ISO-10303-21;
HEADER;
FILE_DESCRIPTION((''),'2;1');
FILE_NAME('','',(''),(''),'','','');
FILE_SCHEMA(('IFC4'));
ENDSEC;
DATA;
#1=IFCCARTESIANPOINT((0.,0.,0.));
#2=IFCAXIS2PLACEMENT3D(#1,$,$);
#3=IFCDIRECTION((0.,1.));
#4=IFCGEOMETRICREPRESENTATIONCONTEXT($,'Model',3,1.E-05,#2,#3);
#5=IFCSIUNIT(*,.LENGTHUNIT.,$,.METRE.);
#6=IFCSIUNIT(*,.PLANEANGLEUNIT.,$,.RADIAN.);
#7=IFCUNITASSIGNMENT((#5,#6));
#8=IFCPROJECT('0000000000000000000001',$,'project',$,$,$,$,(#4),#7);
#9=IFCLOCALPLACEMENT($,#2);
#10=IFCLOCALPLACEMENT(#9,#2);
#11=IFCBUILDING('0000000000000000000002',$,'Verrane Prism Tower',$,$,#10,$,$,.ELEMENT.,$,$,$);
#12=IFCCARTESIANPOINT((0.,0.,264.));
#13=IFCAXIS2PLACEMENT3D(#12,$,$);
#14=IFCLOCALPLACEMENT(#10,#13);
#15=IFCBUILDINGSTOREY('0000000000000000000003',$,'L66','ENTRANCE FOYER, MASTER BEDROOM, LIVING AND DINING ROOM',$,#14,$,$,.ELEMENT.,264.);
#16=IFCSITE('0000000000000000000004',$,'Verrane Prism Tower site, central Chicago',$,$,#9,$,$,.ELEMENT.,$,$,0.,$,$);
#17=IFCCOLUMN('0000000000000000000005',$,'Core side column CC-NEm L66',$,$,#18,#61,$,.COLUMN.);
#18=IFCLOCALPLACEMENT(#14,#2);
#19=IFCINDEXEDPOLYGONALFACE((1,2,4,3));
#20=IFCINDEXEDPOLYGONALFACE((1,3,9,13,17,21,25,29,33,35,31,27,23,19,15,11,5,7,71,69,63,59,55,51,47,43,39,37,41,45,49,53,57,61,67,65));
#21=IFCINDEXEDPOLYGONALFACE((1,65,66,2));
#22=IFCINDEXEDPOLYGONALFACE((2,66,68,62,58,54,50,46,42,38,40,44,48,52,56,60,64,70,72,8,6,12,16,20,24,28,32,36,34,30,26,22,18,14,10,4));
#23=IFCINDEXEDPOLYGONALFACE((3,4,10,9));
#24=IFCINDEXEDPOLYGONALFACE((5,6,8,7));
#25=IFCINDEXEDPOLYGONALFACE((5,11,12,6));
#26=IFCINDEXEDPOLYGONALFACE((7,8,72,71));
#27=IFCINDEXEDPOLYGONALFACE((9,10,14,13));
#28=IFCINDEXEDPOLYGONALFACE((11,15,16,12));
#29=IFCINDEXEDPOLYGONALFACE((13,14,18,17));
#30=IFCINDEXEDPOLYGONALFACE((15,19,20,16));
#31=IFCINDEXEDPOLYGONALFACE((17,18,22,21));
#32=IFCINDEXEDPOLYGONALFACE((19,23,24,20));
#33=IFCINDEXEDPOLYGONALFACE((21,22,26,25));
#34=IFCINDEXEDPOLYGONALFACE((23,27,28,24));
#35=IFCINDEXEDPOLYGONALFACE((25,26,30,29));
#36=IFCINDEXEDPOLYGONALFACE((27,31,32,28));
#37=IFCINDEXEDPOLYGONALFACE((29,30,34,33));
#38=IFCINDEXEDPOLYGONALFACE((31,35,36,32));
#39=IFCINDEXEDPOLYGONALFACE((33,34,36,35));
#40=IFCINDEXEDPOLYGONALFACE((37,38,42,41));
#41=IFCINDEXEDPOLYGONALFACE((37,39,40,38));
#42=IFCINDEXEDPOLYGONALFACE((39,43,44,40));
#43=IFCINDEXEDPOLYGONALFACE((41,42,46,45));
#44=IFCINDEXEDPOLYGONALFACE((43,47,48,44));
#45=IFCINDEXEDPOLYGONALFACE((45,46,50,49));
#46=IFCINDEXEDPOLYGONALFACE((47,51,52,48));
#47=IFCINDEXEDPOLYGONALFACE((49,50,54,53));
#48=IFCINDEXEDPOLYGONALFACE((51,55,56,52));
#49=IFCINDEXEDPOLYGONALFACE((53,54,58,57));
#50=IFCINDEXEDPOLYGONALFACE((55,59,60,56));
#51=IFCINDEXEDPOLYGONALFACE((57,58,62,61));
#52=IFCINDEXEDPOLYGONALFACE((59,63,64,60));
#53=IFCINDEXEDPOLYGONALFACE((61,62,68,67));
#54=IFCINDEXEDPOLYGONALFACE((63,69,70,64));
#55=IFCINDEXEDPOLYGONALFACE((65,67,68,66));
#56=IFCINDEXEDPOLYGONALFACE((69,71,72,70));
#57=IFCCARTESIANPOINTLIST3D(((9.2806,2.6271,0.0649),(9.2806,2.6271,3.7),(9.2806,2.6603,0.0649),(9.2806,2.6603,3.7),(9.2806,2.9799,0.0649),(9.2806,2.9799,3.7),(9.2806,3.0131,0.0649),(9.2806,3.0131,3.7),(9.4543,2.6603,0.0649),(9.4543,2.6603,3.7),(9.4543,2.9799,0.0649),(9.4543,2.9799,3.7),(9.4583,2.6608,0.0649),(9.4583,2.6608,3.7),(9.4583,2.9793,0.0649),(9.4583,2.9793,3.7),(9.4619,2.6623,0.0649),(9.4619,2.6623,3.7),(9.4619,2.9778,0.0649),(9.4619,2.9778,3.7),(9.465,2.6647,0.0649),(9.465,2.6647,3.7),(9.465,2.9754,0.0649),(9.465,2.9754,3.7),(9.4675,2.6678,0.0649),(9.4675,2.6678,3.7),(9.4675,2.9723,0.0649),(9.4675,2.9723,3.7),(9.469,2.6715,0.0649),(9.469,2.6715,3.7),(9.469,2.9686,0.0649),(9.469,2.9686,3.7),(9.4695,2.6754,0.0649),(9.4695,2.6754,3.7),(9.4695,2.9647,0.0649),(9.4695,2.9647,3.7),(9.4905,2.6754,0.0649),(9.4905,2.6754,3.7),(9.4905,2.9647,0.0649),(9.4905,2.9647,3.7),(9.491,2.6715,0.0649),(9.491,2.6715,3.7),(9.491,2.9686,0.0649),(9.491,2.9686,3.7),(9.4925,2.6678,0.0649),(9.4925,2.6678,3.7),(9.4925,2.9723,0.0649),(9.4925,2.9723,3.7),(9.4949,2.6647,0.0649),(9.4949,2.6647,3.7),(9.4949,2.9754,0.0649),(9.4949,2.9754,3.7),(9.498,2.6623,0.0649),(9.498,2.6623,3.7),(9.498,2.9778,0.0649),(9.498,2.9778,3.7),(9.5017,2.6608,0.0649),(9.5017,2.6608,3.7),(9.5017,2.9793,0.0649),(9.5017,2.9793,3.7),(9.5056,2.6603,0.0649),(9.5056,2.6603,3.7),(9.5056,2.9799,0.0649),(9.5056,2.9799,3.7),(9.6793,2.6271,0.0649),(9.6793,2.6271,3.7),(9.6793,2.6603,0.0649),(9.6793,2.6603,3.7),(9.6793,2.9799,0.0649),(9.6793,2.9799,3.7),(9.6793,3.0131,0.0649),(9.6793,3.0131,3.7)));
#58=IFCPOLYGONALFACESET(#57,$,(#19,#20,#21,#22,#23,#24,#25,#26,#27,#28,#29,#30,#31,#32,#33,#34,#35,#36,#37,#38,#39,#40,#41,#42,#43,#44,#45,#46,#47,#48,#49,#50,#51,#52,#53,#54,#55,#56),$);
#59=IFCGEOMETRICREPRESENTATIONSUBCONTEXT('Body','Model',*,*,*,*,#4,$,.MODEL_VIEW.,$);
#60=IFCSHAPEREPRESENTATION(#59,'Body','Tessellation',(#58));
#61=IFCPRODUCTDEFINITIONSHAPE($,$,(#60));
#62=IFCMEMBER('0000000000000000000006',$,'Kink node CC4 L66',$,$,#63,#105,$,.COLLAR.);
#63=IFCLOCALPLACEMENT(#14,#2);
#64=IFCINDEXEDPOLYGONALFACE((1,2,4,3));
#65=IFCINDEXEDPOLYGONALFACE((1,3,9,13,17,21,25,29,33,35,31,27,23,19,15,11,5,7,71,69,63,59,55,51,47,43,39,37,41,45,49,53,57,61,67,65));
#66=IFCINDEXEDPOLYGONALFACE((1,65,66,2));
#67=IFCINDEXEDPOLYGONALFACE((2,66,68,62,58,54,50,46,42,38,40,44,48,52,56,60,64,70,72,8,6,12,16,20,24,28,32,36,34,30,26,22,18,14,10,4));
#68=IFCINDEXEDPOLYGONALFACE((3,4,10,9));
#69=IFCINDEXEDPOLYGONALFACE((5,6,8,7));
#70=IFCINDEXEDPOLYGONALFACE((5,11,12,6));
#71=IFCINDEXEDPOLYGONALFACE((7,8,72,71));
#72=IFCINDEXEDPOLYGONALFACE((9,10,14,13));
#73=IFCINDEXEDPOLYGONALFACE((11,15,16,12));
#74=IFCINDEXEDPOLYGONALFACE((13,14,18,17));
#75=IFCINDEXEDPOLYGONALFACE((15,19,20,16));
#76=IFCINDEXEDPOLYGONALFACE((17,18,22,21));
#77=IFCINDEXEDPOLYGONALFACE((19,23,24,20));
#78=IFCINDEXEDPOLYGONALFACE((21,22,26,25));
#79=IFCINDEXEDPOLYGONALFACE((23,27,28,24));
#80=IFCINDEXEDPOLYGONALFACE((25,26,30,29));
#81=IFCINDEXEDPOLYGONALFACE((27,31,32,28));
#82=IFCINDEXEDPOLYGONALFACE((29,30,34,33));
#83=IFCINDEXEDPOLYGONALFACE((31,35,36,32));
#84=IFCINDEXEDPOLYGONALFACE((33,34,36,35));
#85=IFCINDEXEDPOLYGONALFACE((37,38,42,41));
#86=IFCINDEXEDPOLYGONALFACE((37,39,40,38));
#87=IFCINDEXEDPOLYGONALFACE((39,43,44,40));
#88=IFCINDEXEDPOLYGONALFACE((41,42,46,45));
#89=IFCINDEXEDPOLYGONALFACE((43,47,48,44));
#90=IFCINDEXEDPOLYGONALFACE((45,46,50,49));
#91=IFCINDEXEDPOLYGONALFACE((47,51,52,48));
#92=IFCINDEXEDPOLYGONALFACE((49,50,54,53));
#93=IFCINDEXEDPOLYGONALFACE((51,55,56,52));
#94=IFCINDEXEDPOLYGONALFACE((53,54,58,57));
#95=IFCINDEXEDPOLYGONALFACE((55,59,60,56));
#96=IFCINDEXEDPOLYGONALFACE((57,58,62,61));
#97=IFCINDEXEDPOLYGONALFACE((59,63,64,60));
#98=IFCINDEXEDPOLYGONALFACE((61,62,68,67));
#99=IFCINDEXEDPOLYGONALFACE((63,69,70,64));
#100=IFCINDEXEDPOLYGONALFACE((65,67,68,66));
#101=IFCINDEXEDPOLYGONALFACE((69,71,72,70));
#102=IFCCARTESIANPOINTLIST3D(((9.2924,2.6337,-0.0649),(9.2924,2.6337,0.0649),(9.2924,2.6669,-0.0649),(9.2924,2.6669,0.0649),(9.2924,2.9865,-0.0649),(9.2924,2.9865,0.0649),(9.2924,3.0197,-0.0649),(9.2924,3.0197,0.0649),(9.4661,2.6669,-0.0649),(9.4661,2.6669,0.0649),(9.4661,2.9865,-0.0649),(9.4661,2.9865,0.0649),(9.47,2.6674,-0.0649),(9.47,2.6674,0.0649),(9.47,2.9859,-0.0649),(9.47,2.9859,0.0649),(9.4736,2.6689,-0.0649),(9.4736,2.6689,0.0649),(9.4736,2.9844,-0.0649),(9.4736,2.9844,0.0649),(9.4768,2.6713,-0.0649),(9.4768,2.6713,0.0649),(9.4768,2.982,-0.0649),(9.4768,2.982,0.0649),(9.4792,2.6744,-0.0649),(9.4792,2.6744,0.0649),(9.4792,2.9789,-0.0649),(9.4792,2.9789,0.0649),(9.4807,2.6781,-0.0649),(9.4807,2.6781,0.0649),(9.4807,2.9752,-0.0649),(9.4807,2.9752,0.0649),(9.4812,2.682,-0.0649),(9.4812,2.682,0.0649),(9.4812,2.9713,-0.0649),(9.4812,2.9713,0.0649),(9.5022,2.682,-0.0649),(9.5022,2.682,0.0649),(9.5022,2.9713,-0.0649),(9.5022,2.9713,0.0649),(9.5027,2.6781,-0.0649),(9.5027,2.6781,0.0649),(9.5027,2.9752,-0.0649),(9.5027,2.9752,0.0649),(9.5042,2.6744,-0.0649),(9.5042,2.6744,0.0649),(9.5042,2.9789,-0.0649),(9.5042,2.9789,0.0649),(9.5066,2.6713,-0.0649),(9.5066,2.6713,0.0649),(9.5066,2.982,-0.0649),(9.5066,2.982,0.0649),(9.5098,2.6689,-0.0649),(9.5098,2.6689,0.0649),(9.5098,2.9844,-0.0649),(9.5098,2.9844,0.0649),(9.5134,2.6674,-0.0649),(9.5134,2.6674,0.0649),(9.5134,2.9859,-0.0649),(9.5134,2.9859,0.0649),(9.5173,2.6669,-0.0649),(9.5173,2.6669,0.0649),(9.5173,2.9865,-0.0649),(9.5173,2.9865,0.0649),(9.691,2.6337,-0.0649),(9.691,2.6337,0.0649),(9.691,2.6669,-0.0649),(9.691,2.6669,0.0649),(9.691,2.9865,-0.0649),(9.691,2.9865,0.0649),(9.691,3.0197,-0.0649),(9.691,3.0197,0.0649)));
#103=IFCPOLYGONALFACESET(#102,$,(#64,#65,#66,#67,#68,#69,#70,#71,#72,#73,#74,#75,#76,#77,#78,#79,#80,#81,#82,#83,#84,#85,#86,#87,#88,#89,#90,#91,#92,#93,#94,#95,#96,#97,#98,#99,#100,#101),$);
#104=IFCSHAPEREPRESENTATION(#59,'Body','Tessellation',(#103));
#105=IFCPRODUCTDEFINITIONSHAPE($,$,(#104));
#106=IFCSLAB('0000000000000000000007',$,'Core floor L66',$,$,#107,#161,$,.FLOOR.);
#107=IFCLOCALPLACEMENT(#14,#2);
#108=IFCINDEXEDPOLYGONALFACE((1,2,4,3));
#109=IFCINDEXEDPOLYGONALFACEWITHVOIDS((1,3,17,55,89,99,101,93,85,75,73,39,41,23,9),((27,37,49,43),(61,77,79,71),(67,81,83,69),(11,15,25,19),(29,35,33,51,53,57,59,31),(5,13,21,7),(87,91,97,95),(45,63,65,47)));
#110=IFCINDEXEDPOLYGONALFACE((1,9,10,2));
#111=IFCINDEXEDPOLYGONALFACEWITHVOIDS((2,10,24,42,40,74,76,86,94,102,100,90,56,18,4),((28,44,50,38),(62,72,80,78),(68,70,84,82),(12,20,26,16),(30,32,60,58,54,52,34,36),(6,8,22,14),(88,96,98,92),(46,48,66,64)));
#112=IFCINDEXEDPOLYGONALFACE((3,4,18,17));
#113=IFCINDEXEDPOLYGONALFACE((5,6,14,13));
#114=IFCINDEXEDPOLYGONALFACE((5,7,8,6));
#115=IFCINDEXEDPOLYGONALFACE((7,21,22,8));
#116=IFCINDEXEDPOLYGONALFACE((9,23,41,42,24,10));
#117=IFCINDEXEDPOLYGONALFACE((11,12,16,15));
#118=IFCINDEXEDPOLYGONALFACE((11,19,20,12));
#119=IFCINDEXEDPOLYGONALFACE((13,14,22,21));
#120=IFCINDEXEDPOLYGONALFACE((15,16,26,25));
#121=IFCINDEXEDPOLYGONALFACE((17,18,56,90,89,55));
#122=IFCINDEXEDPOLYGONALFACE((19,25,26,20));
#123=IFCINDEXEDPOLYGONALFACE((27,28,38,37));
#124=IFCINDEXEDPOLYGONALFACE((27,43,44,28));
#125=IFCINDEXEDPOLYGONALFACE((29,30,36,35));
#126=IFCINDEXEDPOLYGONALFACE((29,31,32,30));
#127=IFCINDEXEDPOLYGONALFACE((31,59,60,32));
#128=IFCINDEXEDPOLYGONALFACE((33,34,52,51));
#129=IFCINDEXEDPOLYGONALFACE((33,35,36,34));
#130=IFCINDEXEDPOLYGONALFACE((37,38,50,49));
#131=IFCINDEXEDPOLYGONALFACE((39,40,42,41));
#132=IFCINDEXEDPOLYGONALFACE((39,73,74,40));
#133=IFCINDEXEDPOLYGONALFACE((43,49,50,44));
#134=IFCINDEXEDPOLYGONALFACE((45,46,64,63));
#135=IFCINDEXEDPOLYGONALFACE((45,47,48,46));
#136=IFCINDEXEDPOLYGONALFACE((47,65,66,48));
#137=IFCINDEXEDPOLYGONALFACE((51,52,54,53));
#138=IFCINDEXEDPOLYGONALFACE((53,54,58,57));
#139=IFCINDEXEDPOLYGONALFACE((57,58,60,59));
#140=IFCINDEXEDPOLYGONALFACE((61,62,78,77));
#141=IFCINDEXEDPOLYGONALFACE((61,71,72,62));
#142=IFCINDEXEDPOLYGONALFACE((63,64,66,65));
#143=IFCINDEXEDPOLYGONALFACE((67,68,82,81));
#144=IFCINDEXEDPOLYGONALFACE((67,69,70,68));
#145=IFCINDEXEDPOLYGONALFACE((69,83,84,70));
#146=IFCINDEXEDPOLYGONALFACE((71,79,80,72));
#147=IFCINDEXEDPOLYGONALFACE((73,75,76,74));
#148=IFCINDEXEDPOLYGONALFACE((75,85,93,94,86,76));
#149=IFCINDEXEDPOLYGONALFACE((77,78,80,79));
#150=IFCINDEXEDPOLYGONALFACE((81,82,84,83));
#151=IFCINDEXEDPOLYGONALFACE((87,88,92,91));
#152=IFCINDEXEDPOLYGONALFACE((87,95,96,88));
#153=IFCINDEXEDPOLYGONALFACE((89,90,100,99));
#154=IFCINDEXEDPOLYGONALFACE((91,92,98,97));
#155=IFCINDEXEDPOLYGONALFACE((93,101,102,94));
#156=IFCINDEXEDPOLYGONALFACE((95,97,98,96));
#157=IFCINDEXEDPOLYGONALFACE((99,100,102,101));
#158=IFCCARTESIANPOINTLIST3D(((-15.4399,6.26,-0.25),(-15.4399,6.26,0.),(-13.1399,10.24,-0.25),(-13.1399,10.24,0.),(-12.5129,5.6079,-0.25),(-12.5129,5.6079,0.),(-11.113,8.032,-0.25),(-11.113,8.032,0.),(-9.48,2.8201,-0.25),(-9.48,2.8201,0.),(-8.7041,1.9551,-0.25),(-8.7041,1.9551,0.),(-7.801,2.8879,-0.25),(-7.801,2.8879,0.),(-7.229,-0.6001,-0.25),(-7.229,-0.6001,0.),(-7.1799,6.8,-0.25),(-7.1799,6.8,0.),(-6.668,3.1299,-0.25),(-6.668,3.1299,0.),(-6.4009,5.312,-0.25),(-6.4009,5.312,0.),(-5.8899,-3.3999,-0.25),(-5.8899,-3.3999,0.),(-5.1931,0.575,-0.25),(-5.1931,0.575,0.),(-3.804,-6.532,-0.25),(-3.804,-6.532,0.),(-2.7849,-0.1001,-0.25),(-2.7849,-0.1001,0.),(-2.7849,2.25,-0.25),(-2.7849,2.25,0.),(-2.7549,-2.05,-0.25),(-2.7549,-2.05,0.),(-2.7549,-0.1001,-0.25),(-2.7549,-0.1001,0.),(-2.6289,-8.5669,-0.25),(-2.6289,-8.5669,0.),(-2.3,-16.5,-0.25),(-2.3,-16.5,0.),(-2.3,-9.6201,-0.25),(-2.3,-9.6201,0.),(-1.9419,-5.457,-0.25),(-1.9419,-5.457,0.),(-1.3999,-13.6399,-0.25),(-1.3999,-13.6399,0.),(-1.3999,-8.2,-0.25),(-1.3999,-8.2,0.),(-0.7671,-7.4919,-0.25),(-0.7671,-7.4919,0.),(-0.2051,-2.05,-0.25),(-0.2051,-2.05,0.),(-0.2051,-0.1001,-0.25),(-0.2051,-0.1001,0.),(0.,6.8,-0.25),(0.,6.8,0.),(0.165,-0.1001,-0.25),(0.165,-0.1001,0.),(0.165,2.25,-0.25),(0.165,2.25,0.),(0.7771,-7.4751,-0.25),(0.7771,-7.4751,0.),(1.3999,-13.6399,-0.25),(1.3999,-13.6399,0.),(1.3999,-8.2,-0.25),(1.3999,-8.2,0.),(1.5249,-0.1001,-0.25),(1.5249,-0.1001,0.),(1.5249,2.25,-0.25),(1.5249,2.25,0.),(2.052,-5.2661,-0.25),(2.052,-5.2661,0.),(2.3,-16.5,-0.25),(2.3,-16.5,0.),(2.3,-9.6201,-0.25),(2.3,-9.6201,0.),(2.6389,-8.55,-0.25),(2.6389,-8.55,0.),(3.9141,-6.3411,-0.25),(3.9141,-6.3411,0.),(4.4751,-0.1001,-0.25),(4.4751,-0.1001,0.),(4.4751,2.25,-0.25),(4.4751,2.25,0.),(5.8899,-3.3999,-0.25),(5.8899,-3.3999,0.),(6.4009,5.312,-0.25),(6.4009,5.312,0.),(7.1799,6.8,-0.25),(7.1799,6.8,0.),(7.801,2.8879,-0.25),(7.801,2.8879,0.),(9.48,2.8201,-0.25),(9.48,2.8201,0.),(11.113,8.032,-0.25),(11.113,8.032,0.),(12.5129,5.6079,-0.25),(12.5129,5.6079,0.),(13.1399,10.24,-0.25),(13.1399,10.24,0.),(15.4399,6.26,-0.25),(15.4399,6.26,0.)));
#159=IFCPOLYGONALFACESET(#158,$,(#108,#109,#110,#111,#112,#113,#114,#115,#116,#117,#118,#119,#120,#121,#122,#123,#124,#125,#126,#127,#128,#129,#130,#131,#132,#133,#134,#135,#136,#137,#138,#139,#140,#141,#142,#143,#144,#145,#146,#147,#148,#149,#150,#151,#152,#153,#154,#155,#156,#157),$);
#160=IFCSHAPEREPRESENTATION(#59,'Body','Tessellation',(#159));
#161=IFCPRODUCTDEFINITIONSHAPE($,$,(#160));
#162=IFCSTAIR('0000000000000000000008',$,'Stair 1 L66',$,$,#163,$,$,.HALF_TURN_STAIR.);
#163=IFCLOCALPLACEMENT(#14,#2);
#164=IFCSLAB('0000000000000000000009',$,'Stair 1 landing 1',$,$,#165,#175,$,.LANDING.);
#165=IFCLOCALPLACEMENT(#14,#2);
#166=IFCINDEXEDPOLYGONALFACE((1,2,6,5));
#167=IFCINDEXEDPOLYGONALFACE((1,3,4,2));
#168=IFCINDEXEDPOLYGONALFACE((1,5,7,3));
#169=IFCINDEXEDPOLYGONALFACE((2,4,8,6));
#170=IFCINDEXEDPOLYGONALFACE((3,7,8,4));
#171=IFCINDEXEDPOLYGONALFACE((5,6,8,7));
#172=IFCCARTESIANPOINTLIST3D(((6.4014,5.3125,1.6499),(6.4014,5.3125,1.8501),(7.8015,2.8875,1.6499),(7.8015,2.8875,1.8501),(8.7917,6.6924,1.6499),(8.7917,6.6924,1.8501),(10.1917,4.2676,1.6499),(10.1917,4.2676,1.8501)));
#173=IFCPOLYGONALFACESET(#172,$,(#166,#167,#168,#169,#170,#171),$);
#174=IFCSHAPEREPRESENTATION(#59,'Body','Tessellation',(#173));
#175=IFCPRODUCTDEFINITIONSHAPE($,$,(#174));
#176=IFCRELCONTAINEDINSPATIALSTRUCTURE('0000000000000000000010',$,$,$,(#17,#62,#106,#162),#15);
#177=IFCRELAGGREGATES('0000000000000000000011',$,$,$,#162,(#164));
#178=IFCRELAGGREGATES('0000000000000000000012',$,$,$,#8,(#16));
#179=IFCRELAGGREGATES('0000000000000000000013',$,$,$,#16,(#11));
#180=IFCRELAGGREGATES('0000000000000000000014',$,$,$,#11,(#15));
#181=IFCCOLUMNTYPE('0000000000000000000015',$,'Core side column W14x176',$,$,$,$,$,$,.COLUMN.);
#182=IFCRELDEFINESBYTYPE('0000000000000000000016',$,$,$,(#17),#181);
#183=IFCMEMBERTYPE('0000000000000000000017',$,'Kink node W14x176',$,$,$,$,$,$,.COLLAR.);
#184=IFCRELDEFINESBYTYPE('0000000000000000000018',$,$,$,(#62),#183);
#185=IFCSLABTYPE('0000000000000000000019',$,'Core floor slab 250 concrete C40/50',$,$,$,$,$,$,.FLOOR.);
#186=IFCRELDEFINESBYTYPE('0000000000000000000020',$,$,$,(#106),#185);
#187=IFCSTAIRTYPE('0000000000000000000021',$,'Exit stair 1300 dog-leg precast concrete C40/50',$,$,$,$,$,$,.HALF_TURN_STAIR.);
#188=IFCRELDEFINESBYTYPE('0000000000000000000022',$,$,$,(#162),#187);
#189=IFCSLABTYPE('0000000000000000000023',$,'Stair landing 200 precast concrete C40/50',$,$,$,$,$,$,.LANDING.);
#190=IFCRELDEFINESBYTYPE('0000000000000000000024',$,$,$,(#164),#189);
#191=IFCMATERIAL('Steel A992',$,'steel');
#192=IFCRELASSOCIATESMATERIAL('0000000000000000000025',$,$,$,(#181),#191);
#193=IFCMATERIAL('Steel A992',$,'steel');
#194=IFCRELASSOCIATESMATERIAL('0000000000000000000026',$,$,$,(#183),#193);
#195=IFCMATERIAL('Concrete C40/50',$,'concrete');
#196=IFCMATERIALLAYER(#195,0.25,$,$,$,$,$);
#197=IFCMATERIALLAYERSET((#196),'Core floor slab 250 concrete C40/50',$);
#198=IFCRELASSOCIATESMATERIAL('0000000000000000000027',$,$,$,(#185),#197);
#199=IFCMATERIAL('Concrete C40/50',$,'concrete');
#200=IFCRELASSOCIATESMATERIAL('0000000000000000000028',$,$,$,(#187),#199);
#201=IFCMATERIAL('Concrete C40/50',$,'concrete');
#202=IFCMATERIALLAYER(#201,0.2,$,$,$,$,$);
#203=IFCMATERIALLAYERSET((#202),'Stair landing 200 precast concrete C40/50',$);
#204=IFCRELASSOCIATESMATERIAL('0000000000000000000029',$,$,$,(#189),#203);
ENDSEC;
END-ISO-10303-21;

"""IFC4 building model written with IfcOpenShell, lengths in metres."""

from ifc_helpers import new_model, si_unit, direction, frame, origin, origin_2d, place, context, subcontext, project, spatial, polyline, i_section, outline, extrude, material, layer, layer_set, material_profile, profile_set, type_object, element, aggregate, save


model = new_model("IFC4")

# Units and contexts
model_context = context("Model", 3, precision=1e-05, world=origin(), true_north=direction((0.0, 1.0)))
body_context = subcontext(model_context, "Body", "Model", "MODEL_VIEW")
ifc_project = project(units=[si_unit("LENGTHUNIT", "METRE"), si_unit("PLANEANGLEUNIT", "RADIAN")], contexts=[model_context])

# Site, building, storey
site_placement = place(None, origin())
site = spatial("IfcSite", under=ifc_project, at=site_placement, Name="Verrane Prism Tower site, central Chicago", CompositionType="ELEMENT", RefElevation=0.0)
building_placement = place(site_placement, origin())
building = spatial("IfcBuilding", under=site, at=building_placement, Name="Verrane Prism Tower", CompositionType="ELEMENT")
storey_placement = place(building_placement, frame((0.0, 0.0, 264.0)))
storey = spatial("IfcBuildingStorey", under=building, at=storey_placement, Name="L66", Description="ENTRANCE FOYER, MASTER BEDROOM, LIVING AND DINING ROOM", CompositionType="ELEMENT", Elevation=264.0)

# Column
ifc_material_1 = material(Name="Steel A992", Category="steel")
ifc_material_profile_1 = material_profile(ifc_material_1, i_section(OverallWidth=0.3987, OverallDepth=0.386, WebThickness=0.021, FlangeThickness=0.0332, FilletRadius=0.0151, at=origin_2d()), Name="W14x176")
ifc_profile_set_1 = profile_set([ifc_material_profile_1], Name="Steel A992")
column_type = type_object("IfcColumnType", Name="Core side column W14x176", PredefinedType="COLUMN", material=ifc_profile_set_1)
column_placement = place(storey_placement, frame((9.48, 2.8201, 0.0649), z_axis=(0.0, 0.0, 1.0), x_axis=(1.0, 0.0, 0.0)))
element("IfcColumn", 1, at=column_placement, inside=storey, type_object=column_type, Name="Core side column CC-NEm L66", PredefinedType="COLUMN", context=body_context, shape_type="SweptSolid", body=[
    extrude(i_section(OverallWidth=0.3987, OverallDepth=0.386, WebThickness=0.021, FlangeThickness=0.0332, FilletRadius=0.0151, at=origin_2d()), origin(), (0.0, 0.0, 1.0), 3.635),
])

# Member
ifc_material_2 = material(Name="Steel A992", Category="steel")
ifc_material_profile_2 = material_profile(ifc_material_2, i_section(OverallWidth=0.3987, OverallDepth=0.386, WebThickness=0.021, FlangeThickness=0.0332, FilletRadius=0.0151, at=origin_2d()), Name="W14x176")
ifc_profile_set_2 = profile_set([ifc_material_profile_2], Name="Steel A992")
member_type = type_object("IfcMemberType", Name="Kink node W14x176", PredefinedType="COLLAR", material=ifc_profile_set_2)
member_placement = place(storey_placement, frame((9.4917, 2.8267, -0.0649), z_axis=(0.0, 0.0, 1.0), x_axis=(1.0, 0.0, 0.0)))
element("IfcMember", 2, at=member_placement, inside=storey, type_object=member_type, Name="Kink node CC4 L66", PredefinedType="COLLAR", context=body_context, shape_type="SweptSolid", body=[
    extrude(i_section(OverallWidth=0.3987, OverallDepth=0.386, WebThickness=0.021, FlangeThickness=0.0332, FilletRadius=0.0151, at=origin_2d()), origin(), (0.0, 0.0, 1.0), 0.1299),
])

# Slab
ifc_material_3 = material(Name="Concrete C40/50", Category="concrete")
ifc_layer_1 = layer(ifc_material_3, 0.25)
ifc_layer_set_1 = layer_set([ifc_layer_1], Name="Core floor slab 250 concrete C40/50")
slab_type_1 = type_object("IfcSlabType", Name="Core floor slab 250 concrete C40/50", PredefinedType="FLOOR", material=ifc_layer_set_1)
slab_1_placement = place(storey_placement, frame((0.0, 0.0, -0.25)))
element("IfcSlab", 3, at=slab_1_placement, inside=storey, type_object=slab_type_1, Name="Core floor L66", PredefinedType="FLOOR", context=body_context, shape_type="SweptSolid", body=[
    extrude(outline(polyline([(9.48, 2.8201), (15.4399, 6.26), (13.1399, 10.24), (7.1799, 6.8), (0.0, 6.8), (-7.1799, 6.8), (-13.1399, 10.24), (-15.4399, 6.26), (-9.48, 2.8201), (-5.8899, -3.3999), (-2.3, -9.6201), (-2.3, -16.5), (2.3, -16.5), (2.3, -9.6201), (5.8899, -3.3999), (9.48, 2.8201)]), holes=[polyline([(-1.3999, -8.2), (1.3999, -8.2), (1.3999, -13.6399), (-1.3999, -13.6399), (-1.3999, -8.2)]), polyline([(-0.7671, -7.4919), (-2.6289, -8.5669), (-3.804, -6.532), (-1.9419, -5.457), (-0.7671, -7.4919)]), polyline([(3.9141, -6.3411), (2.6389, -8.55), (0.7771, -7.4751), (2.052, -5.2661), (3.9141, -6.3411)]), polyline([(-2.7849, -0.1001), (-2.7849, 2.25), (0.165, 2.25), (0.165, -0.1001), (-0.2051, -0.1001), (-0.2051, -2.05), (-2.7549, -2.05), (-2.7549, -0.1001), (-2.7849, -0.1001)]), polyline([(4.4751, 2.25), (4.4751, -0.1001), (1.5249, -0.1001), (1.5249, 2.25), (4.4751, 2.25)]), polyline([(-8.7041, 1.9551), (-6.668, 3.1299), (-5.1931, 0.575), (-7.229, -0.6001), (-8.7041, 1.9551)]), polyline([(-6.4009, 5.312), (-7.801, 2.8879), (-12.5129, 5.6079), (-11.113, 8.032), (-6.4009, 5.312)]), polyline([(7.801, 2.8879), (6.4009, 5.312), (11.113, 8.032), (12.5129, 5.6079), (7.801, 2.8879)])]), origin(), (0.0, 0.0, 1.0), 0.25),
])

# Stair, slab
ifc_material_4 = material(Name="Concrete C40/50", Category="concrete")
stair_type = type_object("IfcStairType", Name="Exit stair 1300 dog-leg precast concrete C40/50", PredefinedType="HALF_TURN_STAIR", material=ifc_material_4)
stair_1_placement = place(storey_placement, origin())
stair_1 = element("IfcStair", 4, at=stair_1_placement, inside=storey, type_object=stair_type, Name="Stair 1 L66", PredefinedType="HALF_TURN_STAIR")
ifc_material_5 = material(Name="Concrete C40/50", Category="concrete")
ifc_layer_2 = layer(ifc_material_5, 0.2)
ifc_layer_set_2 = layer_set([ifc_layer_2], Name="Stair landing 200 precast concrete C40/50")
slab_type_2 = type_object("IfcSlabType", Name="Stair landing 200 precast concrete C40/50", PredefinedType="LANDING", material=ifc_layer_set_2)
slab_2_placement = place(storey_placement, frame((0.0, 0.0, 1.6499)))
slab_2 = element("IfcSlab", 5, at=slab_2_placement, type_object=slab_type_2, Name="Stair 1 landing 1", PredefinedType="LANDING", context=body_context, shape_type="SweptSolid", body=[
    extrude(outline(polyline([(8.7917, 6.6924), (6.4014, 5.3125), (7.8015, 2.8875), (10.1917, 4.2676), (8.7917, 6.6924)])), origin(), (0.0, 0.0, 1.0), 0.2002),
])
aggregate(stair_1, [slab_2])

save(model, "model.ifc")
